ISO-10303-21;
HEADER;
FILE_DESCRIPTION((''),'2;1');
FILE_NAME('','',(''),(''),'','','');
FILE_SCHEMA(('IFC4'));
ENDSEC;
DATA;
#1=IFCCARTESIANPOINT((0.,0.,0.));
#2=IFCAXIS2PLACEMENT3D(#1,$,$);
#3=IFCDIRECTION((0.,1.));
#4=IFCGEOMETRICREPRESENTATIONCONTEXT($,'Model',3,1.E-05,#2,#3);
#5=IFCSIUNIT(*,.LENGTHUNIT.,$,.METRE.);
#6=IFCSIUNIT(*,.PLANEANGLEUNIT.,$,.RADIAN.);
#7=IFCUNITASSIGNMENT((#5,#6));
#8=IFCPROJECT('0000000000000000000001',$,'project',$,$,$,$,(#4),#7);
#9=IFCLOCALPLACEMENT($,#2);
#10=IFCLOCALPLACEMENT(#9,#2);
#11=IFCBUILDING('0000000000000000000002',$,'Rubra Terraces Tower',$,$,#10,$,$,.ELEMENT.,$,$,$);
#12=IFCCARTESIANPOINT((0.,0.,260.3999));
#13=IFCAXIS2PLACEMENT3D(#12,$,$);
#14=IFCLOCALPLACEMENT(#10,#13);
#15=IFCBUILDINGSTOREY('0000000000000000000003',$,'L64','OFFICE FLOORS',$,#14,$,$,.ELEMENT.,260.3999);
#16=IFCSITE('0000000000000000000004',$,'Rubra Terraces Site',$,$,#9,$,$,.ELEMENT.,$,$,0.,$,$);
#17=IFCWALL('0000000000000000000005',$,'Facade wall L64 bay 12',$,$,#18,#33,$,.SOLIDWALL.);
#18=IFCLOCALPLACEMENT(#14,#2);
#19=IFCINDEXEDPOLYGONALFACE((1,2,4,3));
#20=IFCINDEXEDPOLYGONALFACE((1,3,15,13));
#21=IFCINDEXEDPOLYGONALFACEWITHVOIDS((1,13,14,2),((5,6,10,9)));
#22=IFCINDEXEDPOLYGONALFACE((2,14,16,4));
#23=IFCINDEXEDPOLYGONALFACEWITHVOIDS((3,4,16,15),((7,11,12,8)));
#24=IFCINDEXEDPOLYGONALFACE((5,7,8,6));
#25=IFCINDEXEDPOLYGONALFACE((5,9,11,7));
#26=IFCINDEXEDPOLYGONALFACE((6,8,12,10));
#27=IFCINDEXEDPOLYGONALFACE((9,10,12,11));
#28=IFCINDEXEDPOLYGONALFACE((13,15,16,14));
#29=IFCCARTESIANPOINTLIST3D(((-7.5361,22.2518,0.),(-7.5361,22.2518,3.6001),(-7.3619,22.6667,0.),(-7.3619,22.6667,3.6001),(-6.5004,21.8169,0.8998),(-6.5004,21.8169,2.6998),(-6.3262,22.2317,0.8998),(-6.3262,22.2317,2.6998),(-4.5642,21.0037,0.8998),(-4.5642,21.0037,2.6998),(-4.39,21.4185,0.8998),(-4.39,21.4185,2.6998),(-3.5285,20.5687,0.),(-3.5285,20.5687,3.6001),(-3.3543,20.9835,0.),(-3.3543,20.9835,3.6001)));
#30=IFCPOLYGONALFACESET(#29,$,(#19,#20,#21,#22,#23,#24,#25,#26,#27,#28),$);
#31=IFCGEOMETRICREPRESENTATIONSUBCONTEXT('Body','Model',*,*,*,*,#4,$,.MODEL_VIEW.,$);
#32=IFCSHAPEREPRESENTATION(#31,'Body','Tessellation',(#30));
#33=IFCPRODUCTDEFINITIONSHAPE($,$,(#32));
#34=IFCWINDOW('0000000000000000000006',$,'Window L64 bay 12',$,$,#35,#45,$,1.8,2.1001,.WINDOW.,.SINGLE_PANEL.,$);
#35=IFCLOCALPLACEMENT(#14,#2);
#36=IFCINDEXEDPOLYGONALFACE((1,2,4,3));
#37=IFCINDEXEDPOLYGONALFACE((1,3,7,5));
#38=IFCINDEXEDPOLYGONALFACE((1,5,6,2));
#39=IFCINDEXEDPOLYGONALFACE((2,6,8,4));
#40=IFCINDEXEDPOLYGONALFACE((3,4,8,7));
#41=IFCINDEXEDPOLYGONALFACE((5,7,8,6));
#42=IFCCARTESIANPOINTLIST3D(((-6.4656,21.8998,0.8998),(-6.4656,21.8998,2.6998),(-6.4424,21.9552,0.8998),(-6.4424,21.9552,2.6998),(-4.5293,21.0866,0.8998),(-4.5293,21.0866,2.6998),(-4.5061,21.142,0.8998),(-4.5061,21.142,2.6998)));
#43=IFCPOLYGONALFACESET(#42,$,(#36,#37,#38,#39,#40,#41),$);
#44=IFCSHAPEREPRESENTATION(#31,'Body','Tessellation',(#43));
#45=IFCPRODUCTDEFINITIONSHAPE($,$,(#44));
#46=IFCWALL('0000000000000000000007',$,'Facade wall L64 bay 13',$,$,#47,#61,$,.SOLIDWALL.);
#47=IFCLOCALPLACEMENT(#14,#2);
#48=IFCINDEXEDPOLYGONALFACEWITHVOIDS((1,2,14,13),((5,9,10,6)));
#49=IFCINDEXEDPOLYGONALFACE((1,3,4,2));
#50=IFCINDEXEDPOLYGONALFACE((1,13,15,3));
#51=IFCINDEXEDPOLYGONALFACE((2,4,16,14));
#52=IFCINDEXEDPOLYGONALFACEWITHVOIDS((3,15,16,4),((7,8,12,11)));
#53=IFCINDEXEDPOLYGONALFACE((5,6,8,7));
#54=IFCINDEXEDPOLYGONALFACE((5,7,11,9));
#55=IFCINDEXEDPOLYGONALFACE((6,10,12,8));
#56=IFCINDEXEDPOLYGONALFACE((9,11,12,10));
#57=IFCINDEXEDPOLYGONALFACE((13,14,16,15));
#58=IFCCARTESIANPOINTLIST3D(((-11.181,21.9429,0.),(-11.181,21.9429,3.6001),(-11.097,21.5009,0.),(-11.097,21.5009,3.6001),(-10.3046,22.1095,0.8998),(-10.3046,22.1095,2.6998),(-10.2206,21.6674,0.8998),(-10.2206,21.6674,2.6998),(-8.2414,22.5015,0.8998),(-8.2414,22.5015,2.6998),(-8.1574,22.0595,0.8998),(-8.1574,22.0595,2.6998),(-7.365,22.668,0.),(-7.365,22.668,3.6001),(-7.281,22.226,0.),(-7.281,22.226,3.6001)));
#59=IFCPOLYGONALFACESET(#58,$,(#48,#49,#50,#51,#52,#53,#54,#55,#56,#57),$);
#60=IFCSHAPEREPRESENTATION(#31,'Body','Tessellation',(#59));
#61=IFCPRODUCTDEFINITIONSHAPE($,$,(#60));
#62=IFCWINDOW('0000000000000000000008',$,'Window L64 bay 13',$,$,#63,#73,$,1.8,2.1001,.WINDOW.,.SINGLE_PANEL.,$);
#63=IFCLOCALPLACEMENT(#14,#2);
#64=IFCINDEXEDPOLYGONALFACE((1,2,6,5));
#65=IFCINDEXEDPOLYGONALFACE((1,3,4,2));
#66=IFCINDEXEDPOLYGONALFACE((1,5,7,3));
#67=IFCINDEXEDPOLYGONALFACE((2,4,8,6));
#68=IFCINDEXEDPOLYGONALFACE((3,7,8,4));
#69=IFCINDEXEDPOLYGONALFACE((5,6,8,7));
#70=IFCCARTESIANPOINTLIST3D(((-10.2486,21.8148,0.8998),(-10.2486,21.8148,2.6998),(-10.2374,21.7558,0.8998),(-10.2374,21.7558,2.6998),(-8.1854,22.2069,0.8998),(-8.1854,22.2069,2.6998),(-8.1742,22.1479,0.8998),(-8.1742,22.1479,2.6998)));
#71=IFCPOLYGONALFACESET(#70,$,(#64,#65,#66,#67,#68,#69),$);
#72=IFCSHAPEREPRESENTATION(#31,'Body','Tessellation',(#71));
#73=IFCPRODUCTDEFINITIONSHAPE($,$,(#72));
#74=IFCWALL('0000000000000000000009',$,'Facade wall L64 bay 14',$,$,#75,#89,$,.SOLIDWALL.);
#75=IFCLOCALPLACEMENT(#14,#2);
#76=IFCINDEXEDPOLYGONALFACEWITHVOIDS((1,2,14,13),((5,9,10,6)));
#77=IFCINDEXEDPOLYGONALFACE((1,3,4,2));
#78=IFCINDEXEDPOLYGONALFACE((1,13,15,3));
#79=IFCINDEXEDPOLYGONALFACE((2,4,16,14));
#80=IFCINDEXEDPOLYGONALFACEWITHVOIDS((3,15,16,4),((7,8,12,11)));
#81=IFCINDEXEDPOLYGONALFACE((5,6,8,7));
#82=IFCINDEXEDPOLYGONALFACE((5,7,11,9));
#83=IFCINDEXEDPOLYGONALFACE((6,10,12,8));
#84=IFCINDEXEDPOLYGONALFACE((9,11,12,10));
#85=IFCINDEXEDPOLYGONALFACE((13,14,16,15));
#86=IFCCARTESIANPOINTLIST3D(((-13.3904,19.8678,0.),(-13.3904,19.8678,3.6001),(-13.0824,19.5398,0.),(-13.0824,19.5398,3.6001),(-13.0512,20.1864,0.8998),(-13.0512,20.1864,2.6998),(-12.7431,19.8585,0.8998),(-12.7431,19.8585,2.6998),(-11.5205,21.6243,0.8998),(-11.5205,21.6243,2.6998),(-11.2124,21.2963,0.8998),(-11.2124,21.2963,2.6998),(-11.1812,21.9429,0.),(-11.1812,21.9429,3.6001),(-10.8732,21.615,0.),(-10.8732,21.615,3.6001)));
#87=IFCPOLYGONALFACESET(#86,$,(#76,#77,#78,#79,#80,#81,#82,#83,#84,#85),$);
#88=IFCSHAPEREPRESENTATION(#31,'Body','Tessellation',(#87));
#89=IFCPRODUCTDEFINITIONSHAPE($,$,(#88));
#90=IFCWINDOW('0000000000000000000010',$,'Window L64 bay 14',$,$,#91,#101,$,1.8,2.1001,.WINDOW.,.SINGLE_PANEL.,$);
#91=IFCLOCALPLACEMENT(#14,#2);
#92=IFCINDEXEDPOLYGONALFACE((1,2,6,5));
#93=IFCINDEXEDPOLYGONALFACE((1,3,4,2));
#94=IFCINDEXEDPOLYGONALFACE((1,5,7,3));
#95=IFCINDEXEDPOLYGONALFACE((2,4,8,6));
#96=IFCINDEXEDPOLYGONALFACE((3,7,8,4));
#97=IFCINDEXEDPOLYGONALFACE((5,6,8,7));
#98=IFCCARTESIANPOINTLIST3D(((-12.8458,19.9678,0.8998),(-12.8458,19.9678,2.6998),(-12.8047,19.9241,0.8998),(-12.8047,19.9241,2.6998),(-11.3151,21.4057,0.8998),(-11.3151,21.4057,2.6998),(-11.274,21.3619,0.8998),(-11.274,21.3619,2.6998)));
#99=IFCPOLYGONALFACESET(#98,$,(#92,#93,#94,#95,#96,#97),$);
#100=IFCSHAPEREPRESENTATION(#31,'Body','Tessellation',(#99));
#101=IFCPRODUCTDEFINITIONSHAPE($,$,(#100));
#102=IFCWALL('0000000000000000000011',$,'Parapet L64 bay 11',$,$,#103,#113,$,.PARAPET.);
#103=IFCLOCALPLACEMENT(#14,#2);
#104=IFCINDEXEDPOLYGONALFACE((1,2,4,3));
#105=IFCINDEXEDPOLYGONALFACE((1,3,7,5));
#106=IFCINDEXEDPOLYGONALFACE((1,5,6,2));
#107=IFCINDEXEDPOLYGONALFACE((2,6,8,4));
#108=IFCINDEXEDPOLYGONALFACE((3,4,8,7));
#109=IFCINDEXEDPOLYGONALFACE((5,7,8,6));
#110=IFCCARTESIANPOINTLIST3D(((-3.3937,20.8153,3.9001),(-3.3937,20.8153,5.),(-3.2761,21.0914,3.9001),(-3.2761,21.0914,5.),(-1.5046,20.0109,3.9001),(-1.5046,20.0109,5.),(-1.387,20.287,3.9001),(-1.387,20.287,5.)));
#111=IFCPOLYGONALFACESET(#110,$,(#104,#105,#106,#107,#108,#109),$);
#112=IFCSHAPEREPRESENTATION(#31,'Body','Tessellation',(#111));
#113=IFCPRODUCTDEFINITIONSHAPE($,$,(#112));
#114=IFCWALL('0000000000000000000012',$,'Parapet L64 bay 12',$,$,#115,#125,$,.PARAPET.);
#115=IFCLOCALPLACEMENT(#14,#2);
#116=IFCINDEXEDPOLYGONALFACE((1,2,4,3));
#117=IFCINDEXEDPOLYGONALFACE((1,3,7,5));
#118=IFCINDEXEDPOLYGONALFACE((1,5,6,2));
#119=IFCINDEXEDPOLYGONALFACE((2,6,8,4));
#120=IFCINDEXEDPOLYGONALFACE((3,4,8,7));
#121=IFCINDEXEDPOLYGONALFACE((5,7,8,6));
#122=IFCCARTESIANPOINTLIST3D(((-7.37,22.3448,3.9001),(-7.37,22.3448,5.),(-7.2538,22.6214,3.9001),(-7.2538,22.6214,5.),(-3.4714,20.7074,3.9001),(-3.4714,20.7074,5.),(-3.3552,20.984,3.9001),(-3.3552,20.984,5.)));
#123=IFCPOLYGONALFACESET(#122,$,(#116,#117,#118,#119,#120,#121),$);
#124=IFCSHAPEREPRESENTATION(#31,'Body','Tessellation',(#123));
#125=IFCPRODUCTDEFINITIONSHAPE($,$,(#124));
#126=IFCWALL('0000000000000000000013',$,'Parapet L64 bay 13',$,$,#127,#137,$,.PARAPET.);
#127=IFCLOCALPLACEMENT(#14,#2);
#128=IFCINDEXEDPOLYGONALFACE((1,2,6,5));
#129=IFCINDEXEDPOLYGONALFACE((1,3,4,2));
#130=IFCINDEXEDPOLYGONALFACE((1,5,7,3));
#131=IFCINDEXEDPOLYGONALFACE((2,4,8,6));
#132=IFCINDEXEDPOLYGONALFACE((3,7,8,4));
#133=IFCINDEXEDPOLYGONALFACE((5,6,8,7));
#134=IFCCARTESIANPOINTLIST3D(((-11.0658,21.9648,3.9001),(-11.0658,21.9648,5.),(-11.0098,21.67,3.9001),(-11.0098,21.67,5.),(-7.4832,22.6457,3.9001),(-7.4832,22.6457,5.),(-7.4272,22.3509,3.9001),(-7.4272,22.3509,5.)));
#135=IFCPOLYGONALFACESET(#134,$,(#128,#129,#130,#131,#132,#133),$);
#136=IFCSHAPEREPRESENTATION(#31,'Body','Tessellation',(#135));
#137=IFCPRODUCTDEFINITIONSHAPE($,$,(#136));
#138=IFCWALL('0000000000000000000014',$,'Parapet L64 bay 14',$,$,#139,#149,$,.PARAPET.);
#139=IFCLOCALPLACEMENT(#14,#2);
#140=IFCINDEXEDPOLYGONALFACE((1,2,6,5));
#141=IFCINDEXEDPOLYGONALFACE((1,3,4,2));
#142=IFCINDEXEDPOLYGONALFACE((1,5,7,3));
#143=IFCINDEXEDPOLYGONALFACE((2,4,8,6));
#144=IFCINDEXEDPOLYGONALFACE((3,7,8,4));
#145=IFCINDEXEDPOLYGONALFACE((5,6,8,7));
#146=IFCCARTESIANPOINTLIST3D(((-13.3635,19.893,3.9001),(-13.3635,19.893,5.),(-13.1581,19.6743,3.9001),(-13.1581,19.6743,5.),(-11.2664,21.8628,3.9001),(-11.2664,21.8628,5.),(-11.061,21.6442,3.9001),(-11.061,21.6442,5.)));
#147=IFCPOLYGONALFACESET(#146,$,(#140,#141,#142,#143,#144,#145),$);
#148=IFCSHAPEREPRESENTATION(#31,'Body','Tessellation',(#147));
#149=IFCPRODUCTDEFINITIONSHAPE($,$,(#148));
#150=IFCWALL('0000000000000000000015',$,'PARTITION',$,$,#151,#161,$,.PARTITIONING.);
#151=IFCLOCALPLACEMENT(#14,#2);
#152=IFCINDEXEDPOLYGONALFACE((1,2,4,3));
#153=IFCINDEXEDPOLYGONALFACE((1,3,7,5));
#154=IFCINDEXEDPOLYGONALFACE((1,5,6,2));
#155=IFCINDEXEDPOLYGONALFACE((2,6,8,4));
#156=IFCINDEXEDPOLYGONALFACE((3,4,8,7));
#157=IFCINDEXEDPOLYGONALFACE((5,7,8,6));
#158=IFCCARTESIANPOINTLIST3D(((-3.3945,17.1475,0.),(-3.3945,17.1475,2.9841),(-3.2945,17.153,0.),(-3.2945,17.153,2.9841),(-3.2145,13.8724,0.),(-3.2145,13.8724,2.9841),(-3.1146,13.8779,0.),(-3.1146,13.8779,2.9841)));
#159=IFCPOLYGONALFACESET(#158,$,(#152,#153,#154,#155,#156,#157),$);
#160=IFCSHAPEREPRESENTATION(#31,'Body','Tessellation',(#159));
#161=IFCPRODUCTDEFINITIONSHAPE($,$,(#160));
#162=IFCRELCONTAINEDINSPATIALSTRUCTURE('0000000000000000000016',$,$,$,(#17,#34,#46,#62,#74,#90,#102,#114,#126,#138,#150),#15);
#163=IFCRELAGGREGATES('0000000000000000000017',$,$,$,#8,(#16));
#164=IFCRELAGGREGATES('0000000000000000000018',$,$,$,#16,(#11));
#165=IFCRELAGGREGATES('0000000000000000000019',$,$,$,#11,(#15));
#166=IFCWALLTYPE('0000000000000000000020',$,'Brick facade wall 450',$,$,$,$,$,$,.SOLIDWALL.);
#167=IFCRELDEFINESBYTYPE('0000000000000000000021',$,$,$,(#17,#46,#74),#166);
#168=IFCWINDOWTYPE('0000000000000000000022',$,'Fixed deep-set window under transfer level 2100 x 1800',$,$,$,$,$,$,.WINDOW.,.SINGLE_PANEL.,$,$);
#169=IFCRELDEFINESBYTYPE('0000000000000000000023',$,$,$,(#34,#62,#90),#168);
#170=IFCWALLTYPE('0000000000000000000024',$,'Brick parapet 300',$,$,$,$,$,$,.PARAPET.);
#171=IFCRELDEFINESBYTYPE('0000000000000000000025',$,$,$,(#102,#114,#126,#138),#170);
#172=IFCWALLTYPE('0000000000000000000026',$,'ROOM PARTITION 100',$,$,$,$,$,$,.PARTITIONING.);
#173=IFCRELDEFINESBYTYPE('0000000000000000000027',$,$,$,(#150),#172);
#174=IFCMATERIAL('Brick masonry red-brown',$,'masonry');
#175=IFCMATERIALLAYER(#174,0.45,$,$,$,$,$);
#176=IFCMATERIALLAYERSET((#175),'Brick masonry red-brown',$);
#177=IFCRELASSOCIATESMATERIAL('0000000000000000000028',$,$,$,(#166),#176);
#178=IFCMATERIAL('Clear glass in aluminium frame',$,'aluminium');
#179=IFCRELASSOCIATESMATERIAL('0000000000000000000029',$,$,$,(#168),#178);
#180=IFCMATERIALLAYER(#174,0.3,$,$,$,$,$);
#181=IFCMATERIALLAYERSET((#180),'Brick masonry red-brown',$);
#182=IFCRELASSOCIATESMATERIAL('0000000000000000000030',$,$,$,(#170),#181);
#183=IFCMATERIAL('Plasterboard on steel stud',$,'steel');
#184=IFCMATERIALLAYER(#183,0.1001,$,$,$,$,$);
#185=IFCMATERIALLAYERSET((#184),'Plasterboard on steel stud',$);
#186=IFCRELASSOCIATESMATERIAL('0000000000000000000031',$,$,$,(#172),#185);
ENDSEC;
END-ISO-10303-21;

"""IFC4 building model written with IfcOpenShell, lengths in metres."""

from ifc_helpers import new_model, si_unit, direction, frame, frame_2d, origin, place, context, subcontext, project, spatial, rectangle, extrude, material, layer, layer_set, type_object, element, fill, save


model = new_model("IFC4")

# Units and contexts
model_context = context("Model", 3, precision=1e-05, world=origin(), true_north=direction((0.0, 1.0)))
body_context = subcontext(model_context, "Body", "Model", "MODEL_VIEW")
ifc_project = project(units=[si_unit("LENGTHUNIT", "METRE"), si_unit("PLANEANGLEUNIT", "RADIAN")], contexts=[model_context])

# Site, building, storey
site_placement = place(None, origin())
site = spatial("IfcSite", under=ifc_project, at=site_placement, Name="Rubra Terraces Site", CompositionType="ELEMENT", RefElevation=0.0)
building_placement = place(site_placement, origin())
building = spatial("IfcBuilding", under=site, at=building_placement, Name="Rubra Terraces Tower", CompositionType="ELEMENT")
storey_placement = place(building_placement, frame((0.0, 0.0, 260.3999)))
storey = spatial("IfcBuildingStorey", under=building, at=storey_placement, Name="L64", Description="OFFICE FLOORS", CompositionType="ELEMENT", Elevation=260.3999)

# Walls, openings, windows
ifc_material_1 = material(Name="Brick masonry red-brown", Category="masonry")
ifc_layer_1 = layer(ifc_material_1, 0.45)
ifc_layer_set_1 = layer_set([ifc_layer_1], Name="Brick masonry red-brown")
wall_type_1 = type_object("IfcWallType", Name="Brick facade wall 450", PredefinedType="SOLIDWALL", material=ifc_layer_set_1)
wall_1_placement = place(storey_placement, frame((-3.4414, 20.7761, 0.0), z_axis=(0.0, 0.0, 1.0), x_axis=(-0.921988, 0.387218, 0.0)))
wall_1 = element("IfcWall", 1, at=wall_1_placement, inside=storey, type_object=wall_type_1, Name="Facade wall L64 bay 12", PredefinedType="SOLIDWALL", context=body_context, shape_type="SweptSolid", body=[
    extrude(rectangle(XDim=4.3467, YDim=0.45, at=frame_2d((2.1733, 0.0))), origin(), (0.0, 0.0, 1.0), 3.6001),
])
opening_1_placement = place(wall_1_placement, frame((1.1233, 0.0, 0.8999)))
opening_1 = element("IfcOpeningElement", 2, at=opening_1_placement, cuts=wall_1, PredefinedType="OPENING", context=body_context, shape_type="SweptSolid", body=[
    extrude(rectangle(XDim=2.1001, YDim=1.8, at=frame_2d((1.05, 0.8999))), frame((0.0, 0.2349, 0.0), z_axis=(0.0, -1.0, 0.0), x_axis=(1.0, 0.0, 0.0)), (0.0, 0.0, 1.0), 0.47),
])
ifc_material_2 = material(Name="Clear glass in aluminium frame", Category="aluminium")
window_type = type_object("IfcWindowType", Name="Fixed deep-set window under transfer level 2100 x 1800", PartitioningType="SINGLE_PANEL", PredefinedType="WINDOW", material=ifc_material_2)
window_1_placement = place(opening_1_placement, origin())
window_1 = element("IfcWindow", 3, at=window_1_placement, inside=storey, type_object=window_type, Name="Window L64 bay 12", OverallHeight=1.8, OverallWidth=2.1001, PartitioningType="SINGLE_PANEL", PredefinedType="WINDOW", context=body_context, shape_type="SweptSolid", body=[
    extrude(rectangle(XDim=2.1001, YDim=1.8, at=frame_2d((1.05, 0.8999))), frame((0.0, 0.135, 0.0), z_axis=(0.0, -1.0, 0.0), x_axis=(1.0, 0.0, 0.0)), (0.0, 0.0, 1.0), 0.0601),
])
fill(opening_1, window_1)
wall_2_placement = place(storey_placement, frame((-7.323, 22.447, 0.0), z_axis=(0.0, 0.0, 1.0), x_axis=(-0.982421, -0.186679, 0.0)))
wall_2 = element("IfcWall", 4, at=wall_2_placement, inside=storey, type_object=wall_type_1, Name="Facade wall L64 bay 13", PredefinedType="SOLIDWALL", context=body_context, shape_type="SweptSolid", body=[
    extrude(rectangle(XDim=3.8843, YDim=0.45, at=frame_2d((1.9421, 0.0))), origin(), (0.0, 0.0, 1.0), 3.6001),
])
opening_2_placement = place(wall_2_placement, frame((0.8921, 0.0, 0.8999)))
opening_2 = element("IfcOpeningElement", 5, at=opening_2_placement, cuts=wall_2, PredefinedType="OPENING", context=body_context, shape_type="SweptSolid", body=[
    extrude(rectangle(XDim=2.1001, YDim=1.8, at=frame_2d((1.05, 0.8999))), frame((0.0, 0.2349, 0.0), z_axis=(0.0, -1.0, 0.0), x_axis=(1.0, 0.0, 0.0)), (0.0, 0.0, 1.0), 0.47),
])
window_2_placement = place(opening_2_placement, origin())
window_2 = element("IfcWindow", 6, at=window_2_placement, inside=storey, type_object=window_type, Name="Window L64 bay 13", OverallHeight=1.8, OverallWidth=2.1001, PartitioningType="SINGLE_PANEL", PredefinedType="WINDOW", context=body_context, shape_type="SweptSolid", body=[
    extrude(rectangle(XDim=2.1001, YDim=1.8, at=frame_2d((1.05, 0.8999))), frame((0.0, 0.135, 0.0), z_axis=(0.0, -1.0, 0.0), x_axis=(1.0, 0.0, 0.0)), (0.0, 0.0, 1.0), 0.0601),
])
fill(opening_2, window_2)
wall_3_placement = place(storey_placement, frame((-11.0271, 21.7791, 0.0), z_axis=(0.0, 0.0, 1.0), x_axis=(-0.728871, -0.684651, 0.0)))
wall_3 = element("IfcWall", 7, at=wall_3_placement, inside=storey, type_object=wall_type_1, Name="Facade wall L64 bay 14", PredefinedType="SOLIDWALL", context=body_context, shape_type="SweptSolid", body=[
    extrude(rectangle(XDim=3.031, YDim=0.45, at=frame_2d((1.5156, 0.0))), origin(), (0.0, 0.0, 1.0), 3.6001),
])
opening_3_placement = place(wall_3_placement, frame((0.4656, 0.0, 0.8999)))
opening_3 = element("IfcOpeningElement", 8, at=opening_3_placement, cuts=wall_3, PredefinedType="OPENING", context=body_context, shape_type="SweptSolid", body=[
    extrude(rectangle(XDim=2.1001, YDim=1.8, at=frame_2d((1.05, 0.8999))), frame((0.0, 0.2349, 0.0), z_axis=(0.0, -1.0, 0.0), x_axis=(1.0, 0.0, 0.0)), (0.0, 0.0, 1.0), 0.47),
])
window_3_placement = place(opening_3_placement, origin())
window_3 = element("IfcWindow", 9, at=window_3_placement, inside=storey, type_object=window_type, Name="Window L64 bay 14", OverallHeight=1.8, OverallWidth=2.1001, PartitioningType="SINGLE_PANEL", PredefinedType="WINDOW", context=body_context, shape_type="SweptSolid", body=[
    extrude(rectangle(XDim=2.1001, YDim=1.8, at=frame_2d((1.05, 0.8999))), frame((0.0, 0.135, 0.0), z_axis=(0.0, -1.0, 0.0), x_axis=(1.0, 0.0, 0.0)), (0.0, 0.0, 1.0), 0.0601),
])
fill(opening_3, window_3)

# Walls
ifc_layer_2 = layer(ifc_material_1, 0.3)
ifc_layer_set_2 = layer_set([ifc_layer_2], Name="Brick masonry red-brown")
wall_type_2 = type_object("IfcWallType", Name="Brick parapet 300", PredefinedType="PARAPET", material=ifc_layer_set_2)
wall_4_placement = place(storey_placement, frame((-1.4458, 20.1489, 3.9001), z_axis=(0.0, 0.0, 1.0), x_axis=(-0.920059, 0.39178, 0.0)))
element("IfcWall", 10, at=wall_4_placement, inside=storey, type_object=wall_type_2, Name="Parapet L64 bay 11", PredefinedType="PARAPET", context=body_context, shape_type="SweptSolid", body=[
    extrude(rectangle(XDim=2.0532, YDim=0.3, at=frame_2d((1.0266, 0.0))), origin(), (0.0, 0.0, 1.0), 1.0999),
])
wall_5_placement = place(storey_placement, frame((-3.4133, 20.8457, 3.9001), z_axis=(0.0, 0.0, 1.0), x_axis=(-0.921982, 0.387233, 0.0)))
element("IfcWall", 11, at=wall_5_placement, inside=storey, type_object=wall_type_2, Name="Parapet L64 bay 12", PredefinedType="PARAPET", context=body_context, shape_type="SweptSolid", body=[
    extrude(rectangle(XDim=4.2285, YDim=0.3, at=frame_2d((2.1143, 0.0))), origin(), (0.0, 0.0, 1.0), 1.0999),
])
wall_6_placement = place(storey_placement, frame((-7.4553, 22.4983, 3.9001), z_axis=(0.0, 0.0, 1.0), x_axis=(-0.982413, -0.186721, 0.0)))
element("IfcWall", 12, at=wall_6_placement, inside=storey, type_object=wall_type_2, Name="Parapet L64 bay 13", PredefinedType="PARAPET", context=body_context, shape_type="SweptSolid", body=[
    extrude(rectangle(XDim=3.6467, YDim=0.3, at=frame_2d((1.8232, 0.0))), origin(), (0.0, 0.0, 1.0), 1.0999),
])
wall_7_placement = place(storey_placement, frame((-11.1638, 21.7534, 3.9001), z_axis=(0.0, 0.0, 1.0), x_axis=(-0.728865, -0.684658, 0.0)))
element("IfcWall", 13, at=wall_7_placement, inside=storey, type_object=wall_type_2, Name="Parapet L64 bay 14", PredefinedType="PARAPET", context=body_context, shape_type="SweptSolid", body=[
    extrude(rectangle(XDim=2.8772, YDim=0.3, at=frame_2d((1.4385, 0.0))), origin(), (0.0, 0.0, 1.0), 1.0999),
])
ifc_material_3 = material(Name="Plasterboard on steel stud", Category="steel")
ifc_layer_3 = layer(ifc_material_3, 0.1001)
ifc_layer_set_3 = layer_set([ifc_layer_3], Name="Plasterboard on steel stud")
wall_type_3 = type_object("IfcWallType", Name="ROOM PARTITION 100", PredefinedType="PARTITIONING", material=ifc_layer_set_3)
wall_8_placement = place(storey_placement, frame((-3.1646, 13.875, 0.0), z_axis=(0.0, 0.0, 1.0), x_axis=(-0.054856, 0.998494, 0.0)))
element("IfcWall", 14, at=wall_8_placement, inside=storey, type_object=wall_type_3, Name="PARTITION", PredefinedType="PARTITIONING", context=body_context, shape_type="SweptSolid", body=[
    extrude(rectangle(XDim=3.28, YDim=0.1001, at=frame_2d((1.6401, 0.0))), origin(), (0.0, 0.0, 1.0), 2.9841),
])

save(model, "model.ifc")
